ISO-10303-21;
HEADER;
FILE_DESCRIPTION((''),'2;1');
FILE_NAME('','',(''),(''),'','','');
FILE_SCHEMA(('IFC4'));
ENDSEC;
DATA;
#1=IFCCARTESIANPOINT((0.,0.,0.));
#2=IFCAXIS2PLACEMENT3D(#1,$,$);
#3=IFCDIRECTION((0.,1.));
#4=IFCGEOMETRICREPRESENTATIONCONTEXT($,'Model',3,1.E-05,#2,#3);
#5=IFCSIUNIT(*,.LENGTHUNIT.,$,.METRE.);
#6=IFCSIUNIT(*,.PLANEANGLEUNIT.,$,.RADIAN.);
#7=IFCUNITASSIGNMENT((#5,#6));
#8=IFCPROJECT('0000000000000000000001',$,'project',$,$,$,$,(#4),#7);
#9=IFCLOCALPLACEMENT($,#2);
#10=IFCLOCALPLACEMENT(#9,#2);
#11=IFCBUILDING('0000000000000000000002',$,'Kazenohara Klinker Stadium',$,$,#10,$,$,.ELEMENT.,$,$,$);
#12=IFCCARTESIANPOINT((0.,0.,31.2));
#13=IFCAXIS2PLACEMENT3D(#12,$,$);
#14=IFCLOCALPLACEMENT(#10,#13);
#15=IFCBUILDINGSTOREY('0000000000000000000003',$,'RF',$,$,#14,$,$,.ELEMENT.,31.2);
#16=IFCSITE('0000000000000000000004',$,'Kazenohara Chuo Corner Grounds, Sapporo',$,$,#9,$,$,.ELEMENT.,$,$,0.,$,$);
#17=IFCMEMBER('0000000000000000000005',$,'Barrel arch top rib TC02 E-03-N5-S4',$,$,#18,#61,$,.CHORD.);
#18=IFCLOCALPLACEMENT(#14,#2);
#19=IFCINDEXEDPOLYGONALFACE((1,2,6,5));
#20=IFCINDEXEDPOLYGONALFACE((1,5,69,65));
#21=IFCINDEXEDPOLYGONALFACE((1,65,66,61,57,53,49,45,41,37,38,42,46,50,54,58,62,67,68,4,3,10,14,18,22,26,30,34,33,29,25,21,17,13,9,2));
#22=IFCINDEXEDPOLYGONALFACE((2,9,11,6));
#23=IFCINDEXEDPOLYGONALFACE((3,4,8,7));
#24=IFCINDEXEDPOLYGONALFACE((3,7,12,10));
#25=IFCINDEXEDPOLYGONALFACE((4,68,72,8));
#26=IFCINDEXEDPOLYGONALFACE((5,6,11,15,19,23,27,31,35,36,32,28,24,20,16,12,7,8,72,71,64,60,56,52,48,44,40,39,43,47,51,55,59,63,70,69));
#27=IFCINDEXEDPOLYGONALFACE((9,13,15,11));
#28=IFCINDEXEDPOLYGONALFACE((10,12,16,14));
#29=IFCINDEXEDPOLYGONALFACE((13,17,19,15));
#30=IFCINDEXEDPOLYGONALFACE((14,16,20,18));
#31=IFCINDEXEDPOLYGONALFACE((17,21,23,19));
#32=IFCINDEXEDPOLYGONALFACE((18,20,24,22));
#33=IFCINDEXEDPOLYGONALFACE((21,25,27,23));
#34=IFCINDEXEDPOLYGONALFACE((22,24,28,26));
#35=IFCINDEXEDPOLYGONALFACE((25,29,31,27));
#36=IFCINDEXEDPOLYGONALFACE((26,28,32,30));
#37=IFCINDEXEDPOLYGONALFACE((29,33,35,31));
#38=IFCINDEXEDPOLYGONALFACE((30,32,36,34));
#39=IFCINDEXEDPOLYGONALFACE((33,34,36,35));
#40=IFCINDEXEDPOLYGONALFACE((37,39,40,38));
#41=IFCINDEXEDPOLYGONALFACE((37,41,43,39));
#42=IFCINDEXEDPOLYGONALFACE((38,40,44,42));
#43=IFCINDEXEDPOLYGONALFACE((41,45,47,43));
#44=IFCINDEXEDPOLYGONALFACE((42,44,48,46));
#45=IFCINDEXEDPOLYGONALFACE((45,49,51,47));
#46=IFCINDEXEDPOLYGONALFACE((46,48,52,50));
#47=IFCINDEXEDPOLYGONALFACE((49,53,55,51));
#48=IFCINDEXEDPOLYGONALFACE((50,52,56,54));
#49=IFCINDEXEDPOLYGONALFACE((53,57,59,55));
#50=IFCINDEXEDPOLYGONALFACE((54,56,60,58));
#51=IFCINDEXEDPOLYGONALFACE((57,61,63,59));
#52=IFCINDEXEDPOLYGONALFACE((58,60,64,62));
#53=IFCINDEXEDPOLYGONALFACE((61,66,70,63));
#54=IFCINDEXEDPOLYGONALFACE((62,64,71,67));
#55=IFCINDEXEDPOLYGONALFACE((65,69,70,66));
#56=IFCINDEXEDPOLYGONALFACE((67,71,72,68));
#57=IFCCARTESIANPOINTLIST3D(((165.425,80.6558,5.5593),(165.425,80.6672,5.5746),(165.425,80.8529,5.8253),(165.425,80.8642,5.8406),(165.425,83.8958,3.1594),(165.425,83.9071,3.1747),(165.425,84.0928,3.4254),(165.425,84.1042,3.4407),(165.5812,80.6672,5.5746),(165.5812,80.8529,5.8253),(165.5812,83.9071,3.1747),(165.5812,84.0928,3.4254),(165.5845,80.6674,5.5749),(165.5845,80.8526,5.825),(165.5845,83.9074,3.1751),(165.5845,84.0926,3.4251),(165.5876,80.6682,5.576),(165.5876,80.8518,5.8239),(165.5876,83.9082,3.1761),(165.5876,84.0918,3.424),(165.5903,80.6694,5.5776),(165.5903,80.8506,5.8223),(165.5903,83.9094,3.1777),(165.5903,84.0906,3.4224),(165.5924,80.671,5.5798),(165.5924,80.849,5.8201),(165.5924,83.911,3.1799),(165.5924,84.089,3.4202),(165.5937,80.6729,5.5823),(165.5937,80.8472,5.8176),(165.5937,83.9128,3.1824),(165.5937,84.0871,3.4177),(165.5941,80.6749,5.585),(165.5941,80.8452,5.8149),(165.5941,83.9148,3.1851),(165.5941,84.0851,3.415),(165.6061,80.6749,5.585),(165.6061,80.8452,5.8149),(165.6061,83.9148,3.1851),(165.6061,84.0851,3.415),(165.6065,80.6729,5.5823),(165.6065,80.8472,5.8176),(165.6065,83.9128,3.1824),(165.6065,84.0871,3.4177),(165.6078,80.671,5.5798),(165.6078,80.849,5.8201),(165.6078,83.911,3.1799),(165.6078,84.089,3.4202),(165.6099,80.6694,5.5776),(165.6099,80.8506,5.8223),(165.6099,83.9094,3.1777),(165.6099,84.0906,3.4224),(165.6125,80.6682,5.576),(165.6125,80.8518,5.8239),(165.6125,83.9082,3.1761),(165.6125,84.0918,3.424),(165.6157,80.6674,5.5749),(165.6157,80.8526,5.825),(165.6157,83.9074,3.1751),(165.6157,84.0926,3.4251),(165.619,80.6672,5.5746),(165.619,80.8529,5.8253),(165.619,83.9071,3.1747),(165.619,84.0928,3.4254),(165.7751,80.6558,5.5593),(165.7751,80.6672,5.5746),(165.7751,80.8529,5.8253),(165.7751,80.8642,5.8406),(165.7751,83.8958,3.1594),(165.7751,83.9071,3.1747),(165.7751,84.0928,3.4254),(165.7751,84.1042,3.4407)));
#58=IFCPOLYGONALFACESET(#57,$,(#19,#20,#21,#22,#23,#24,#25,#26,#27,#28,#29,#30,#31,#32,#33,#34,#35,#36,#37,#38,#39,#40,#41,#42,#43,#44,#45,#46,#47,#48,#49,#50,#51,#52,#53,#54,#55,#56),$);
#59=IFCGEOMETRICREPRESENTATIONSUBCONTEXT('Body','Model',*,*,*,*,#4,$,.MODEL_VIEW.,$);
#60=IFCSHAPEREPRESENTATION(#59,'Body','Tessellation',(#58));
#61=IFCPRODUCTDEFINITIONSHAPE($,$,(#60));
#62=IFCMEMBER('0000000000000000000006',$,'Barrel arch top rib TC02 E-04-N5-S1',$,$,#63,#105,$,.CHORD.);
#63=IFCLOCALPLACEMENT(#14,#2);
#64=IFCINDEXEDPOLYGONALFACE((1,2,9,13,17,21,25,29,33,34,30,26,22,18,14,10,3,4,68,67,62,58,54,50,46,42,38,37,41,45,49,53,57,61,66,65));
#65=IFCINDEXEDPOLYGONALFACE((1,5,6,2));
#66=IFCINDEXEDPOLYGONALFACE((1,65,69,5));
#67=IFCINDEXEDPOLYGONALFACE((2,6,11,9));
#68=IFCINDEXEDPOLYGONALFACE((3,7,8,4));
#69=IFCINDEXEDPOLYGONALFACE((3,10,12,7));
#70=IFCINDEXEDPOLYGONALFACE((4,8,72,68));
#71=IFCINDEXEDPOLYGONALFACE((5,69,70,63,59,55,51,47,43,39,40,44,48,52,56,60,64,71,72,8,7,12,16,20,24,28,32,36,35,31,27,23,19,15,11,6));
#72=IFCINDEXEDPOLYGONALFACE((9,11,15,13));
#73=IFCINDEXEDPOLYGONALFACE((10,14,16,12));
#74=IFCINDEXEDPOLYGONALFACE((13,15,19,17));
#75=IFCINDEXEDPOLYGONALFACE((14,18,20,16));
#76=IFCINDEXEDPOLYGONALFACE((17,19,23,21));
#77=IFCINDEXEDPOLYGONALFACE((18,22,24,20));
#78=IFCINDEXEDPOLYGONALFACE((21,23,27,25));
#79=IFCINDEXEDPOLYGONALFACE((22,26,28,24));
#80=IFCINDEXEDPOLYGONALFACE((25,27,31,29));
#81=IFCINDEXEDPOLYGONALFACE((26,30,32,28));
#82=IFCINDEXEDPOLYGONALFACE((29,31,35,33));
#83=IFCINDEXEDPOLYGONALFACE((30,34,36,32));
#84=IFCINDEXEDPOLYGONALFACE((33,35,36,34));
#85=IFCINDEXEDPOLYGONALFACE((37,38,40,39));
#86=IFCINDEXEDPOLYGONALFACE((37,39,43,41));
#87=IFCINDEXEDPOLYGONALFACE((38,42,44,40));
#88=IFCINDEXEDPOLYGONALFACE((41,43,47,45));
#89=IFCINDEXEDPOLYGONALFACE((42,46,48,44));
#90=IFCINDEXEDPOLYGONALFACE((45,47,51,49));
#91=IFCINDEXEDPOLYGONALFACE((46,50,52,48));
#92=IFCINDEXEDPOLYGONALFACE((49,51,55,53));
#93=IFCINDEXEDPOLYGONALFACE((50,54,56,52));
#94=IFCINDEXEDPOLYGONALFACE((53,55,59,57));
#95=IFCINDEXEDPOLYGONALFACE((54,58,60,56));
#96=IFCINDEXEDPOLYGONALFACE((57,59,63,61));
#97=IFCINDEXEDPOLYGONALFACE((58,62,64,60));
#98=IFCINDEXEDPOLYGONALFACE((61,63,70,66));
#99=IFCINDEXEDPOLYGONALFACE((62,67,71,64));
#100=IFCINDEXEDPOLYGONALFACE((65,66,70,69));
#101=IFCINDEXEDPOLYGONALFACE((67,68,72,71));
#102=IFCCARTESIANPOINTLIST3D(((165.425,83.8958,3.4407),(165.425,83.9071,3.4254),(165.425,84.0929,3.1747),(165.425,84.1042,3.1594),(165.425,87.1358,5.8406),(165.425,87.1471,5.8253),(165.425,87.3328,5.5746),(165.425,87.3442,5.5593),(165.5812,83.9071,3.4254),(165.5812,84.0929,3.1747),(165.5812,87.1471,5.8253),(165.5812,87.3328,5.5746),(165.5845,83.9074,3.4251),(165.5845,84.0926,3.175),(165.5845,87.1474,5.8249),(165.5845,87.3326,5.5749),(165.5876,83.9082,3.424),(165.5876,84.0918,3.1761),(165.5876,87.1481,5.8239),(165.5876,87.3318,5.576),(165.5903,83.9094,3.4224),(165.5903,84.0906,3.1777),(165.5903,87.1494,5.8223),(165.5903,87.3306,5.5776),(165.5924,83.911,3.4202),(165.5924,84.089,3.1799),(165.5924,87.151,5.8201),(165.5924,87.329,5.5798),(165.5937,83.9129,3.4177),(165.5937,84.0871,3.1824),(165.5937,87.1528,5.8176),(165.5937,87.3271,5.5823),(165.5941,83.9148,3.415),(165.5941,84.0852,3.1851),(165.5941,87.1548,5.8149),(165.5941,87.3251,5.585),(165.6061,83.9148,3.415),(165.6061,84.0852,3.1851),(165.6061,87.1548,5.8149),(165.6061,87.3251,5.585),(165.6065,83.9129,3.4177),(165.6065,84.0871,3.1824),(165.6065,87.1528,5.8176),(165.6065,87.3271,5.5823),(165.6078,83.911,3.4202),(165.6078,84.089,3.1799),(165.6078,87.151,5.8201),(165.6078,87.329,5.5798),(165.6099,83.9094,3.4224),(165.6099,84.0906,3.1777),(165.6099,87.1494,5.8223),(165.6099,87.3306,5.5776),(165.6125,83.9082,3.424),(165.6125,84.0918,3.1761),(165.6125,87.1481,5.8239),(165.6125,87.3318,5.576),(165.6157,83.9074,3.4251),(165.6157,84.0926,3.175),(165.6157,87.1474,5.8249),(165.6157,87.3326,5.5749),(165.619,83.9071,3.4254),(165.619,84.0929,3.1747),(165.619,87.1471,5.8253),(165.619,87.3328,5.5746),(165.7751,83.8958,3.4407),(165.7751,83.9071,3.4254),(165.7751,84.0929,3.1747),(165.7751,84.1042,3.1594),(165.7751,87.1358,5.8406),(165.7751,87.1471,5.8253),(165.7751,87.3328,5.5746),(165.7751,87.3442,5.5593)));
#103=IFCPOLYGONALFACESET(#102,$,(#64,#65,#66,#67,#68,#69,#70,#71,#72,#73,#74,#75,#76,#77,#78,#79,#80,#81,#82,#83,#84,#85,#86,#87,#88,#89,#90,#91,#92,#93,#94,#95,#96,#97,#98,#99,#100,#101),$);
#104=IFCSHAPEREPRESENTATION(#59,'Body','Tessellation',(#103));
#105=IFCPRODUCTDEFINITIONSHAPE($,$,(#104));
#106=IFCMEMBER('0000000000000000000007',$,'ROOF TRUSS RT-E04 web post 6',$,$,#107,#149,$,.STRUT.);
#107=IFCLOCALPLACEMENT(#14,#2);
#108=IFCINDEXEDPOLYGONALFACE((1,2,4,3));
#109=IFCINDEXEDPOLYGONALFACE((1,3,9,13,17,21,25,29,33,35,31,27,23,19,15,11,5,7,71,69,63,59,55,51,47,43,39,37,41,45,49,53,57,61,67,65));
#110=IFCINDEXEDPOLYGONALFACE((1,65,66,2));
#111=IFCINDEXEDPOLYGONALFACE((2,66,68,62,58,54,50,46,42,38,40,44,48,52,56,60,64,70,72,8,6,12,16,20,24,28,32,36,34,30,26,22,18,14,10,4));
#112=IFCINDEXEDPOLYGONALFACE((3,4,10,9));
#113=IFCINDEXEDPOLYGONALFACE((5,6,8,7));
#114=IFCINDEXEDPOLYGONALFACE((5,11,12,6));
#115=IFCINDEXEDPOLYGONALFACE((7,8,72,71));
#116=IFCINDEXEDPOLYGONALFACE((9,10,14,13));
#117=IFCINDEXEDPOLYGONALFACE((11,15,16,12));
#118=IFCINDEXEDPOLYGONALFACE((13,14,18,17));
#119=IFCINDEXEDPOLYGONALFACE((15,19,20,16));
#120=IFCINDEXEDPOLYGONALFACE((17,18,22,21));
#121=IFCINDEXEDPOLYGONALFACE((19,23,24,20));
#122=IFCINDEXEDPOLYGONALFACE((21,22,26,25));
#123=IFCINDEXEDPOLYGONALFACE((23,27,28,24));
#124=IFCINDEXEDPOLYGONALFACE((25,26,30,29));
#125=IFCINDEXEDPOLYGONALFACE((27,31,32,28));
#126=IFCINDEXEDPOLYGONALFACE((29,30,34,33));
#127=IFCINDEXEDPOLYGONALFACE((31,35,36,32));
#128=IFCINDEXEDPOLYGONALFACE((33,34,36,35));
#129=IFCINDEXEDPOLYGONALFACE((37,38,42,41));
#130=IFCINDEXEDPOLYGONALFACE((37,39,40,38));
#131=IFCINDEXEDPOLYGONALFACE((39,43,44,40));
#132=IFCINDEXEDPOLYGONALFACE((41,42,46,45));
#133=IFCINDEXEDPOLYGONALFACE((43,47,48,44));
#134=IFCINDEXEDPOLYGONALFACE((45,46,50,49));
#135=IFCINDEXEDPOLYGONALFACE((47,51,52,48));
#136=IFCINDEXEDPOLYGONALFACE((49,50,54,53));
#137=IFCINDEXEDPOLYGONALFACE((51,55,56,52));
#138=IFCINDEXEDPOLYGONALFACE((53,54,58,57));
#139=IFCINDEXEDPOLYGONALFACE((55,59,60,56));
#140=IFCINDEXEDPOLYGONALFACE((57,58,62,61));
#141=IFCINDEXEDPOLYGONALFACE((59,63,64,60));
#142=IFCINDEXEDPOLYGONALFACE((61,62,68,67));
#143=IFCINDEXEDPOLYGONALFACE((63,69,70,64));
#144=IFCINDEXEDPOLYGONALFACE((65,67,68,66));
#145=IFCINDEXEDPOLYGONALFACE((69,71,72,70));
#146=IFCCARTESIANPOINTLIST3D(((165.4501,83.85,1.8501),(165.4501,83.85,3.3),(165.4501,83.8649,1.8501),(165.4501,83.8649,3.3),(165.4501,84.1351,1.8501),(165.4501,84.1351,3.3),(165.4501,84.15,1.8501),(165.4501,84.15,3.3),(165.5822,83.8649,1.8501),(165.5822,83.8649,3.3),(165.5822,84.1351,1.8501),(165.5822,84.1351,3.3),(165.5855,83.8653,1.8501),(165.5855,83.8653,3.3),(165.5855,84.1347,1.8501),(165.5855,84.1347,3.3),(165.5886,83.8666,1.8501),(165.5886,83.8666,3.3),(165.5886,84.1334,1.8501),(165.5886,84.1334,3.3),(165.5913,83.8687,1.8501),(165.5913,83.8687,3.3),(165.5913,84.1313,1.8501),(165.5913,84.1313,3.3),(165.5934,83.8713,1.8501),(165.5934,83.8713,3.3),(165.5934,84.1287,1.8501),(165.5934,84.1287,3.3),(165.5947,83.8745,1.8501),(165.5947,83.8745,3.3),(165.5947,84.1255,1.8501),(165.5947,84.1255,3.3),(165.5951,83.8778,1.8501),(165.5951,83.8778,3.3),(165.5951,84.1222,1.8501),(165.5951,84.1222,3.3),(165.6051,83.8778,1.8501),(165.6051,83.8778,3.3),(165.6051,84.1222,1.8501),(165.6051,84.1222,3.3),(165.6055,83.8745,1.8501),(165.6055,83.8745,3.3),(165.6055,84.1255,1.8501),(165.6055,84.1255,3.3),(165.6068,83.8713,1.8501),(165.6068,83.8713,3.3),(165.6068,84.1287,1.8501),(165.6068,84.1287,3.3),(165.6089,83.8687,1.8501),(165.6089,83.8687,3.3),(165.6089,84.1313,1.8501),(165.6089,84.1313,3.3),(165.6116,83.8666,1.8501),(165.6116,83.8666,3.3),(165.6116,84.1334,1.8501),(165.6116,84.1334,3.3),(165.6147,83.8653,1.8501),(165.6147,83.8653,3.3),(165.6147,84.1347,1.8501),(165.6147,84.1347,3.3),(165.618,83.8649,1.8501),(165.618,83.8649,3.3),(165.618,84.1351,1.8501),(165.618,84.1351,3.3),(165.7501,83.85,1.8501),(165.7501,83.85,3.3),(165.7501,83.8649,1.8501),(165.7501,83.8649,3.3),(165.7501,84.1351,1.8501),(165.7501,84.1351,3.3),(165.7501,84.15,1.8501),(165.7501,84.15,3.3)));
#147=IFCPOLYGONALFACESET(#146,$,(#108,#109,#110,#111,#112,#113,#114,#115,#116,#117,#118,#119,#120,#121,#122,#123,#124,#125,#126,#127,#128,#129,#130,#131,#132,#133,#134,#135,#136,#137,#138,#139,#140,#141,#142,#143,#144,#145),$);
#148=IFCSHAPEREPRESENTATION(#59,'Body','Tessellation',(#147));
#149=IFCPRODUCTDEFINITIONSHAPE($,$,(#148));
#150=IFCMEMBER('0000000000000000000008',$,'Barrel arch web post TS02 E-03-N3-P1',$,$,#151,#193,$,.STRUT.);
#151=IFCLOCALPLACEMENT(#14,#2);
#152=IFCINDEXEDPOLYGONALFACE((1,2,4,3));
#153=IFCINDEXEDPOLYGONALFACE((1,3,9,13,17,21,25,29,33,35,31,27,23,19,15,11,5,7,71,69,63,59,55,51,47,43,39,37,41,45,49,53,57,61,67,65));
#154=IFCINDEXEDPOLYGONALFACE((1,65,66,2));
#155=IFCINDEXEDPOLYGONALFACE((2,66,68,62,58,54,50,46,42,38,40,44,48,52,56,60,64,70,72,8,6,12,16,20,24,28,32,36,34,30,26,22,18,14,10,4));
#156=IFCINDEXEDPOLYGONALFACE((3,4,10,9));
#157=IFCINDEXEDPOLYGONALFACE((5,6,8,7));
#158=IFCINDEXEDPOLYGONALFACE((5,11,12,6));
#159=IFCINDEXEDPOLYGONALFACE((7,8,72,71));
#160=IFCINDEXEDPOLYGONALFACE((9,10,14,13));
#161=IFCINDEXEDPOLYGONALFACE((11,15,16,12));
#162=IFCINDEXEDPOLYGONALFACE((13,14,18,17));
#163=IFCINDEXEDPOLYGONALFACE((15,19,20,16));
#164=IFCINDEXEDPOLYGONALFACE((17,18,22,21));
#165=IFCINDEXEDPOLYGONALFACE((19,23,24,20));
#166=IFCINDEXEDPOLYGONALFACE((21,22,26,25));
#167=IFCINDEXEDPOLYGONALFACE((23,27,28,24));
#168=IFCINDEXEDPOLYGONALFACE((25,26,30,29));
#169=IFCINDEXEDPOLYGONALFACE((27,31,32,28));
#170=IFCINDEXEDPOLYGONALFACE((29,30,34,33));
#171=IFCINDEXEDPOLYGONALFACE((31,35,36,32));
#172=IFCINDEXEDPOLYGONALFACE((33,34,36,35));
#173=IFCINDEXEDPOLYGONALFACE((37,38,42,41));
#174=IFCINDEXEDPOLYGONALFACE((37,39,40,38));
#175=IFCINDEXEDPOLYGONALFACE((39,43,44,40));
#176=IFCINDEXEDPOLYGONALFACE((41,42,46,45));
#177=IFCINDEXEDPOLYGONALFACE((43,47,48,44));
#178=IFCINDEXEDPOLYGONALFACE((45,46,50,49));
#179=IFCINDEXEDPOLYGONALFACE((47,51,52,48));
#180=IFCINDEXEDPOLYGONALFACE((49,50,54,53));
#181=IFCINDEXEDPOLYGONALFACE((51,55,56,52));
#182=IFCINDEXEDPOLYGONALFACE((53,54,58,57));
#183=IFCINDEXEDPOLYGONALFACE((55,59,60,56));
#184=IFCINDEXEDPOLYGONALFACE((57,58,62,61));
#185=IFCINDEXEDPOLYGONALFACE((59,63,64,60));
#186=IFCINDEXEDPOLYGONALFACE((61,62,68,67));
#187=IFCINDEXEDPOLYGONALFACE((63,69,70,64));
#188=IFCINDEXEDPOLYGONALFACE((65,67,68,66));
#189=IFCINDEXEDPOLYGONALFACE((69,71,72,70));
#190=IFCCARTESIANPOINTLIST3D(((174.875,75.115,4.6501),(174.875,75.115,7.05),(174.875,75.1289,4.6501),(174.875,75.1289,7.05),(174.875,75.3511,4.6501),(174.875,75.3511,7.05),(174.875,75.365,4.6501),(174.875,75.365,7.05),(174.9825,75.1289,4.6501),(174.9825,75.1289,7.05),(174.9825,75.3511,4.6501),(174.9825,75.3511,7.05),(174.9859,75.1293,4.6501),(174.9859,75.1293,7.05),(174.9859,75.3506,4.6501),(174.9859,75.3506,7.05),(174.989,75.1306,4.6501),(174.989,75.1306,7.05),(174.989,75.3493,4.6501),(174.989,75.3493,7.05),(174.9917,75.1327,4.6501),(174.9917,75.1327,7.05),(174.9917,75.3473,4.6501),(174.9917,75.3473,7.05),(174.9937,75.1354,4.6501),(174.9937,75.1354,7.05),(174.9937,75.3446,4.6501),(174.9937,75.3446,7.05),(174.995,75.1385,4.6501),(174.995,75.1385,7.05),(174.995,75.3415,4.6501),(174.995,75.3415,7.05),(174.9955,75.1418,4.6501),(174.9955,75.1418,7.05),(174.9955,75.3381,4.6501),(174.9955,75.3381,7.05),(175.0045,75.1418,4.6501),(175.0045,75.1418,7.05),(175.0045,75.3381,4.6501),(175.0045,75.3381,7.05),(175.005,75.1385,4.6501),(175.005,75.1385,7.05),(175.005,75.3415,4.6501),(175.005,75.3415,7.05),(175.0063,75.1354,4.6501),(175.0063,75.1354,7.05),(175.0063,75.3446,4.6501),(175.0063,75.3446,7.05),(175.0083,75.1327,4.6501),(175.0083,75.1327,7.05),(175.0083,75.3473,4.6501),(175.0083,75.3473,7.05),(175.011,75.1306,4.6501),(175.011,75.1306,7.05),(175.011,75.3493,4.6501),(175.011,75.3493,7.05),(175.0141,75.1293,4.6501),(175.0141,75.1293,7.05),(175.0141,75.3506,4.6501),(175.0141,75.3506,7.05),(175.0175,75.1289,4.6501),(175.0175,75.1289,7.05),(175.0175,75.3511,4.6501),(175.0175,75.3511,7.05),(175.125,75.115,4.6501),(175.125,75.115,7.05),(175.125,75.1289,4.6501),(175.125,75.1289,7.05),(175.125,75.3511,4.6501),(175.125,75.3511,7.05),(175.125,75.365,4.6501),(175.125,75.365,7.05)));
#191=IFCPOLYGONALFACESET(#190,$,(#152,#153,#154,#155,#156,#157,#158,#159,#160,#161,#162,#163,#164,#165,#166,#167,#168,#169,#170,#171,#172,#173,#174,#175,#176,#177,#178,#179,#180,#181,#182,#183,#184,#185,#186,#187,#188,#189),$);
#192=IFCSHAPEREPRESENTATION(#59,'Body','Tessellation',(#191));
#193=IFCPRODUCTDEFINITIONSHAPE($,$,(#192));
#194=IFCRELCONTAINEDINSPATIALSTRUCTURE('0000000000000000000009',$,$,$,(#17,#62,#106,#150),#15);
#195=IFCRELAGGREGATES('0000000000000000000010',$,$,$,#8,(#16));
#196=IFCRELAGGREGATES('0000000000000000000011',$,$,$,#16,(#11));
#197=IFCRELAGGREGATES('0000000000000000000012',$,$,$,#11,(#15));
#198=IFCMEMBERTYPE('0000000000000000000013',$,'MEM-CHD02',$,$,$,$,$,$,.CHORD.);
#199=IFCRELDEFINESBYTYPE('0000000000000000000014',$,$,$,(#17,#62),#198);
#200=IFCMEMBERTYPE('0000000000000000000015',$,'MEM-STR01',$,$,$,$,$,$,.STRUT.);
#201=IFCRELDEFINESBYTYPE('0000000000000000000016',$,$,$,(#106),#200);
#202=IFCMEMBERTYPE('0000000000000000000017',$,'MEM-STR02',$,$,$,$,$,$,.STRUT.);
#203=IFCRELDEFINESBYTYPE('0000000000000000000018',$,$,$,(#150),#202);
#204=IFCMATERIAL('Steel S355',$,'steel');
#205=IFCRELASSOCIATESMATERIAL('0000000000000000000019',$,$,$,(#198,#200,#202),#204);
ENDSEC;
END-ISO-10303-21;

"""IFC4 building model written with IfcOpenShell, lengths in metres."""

from ifc_helpers import new_model, si_unit, direction, frame, origin, origin_2d, place, context, subcontext, project, spatial, i_section, extrude, material, material_profile, profile_set, type_object, element, save


model = new_model("IFC4")

# Units and contexts
model_context = context("Model", 3, precision=1e-05, world=origin(), true_north=direction((0.0, 1.0)))
body_context = subcontext(model_context, "Body", "Model", "MODEL_VIEW")
ifc_project = project(units=[si_unit("LENGTHUNIT", "METRE"), si_unit("PLANEANGLEUNIT", "RADIAN")], contexts=[model_context])

# Site, building, storey
site_placement = place(None, origin())
site = spatial("IfcSite", under=ifc_project, at=site_placement, Name="Kazenohara Chuo Corner Grounds, Sapporo", CompositionType="ELEMENT", RefElevation=0.0)
building_placement = place(site_placement, origin())
building = spatial("IfcBuilding", under=site, at=building_placement, Name="Kazenohara Klinker Stadium", CompositionType="ELEMENT")
storey_placement = place(building_placement, frame((0.0, 0.0, 31.2)))
storey = spatial("IfcBuildingStorey", under=building, at=storey_placement, Name="RF", CompositionType="ELEMENT", Elevation=31.2)

# Members
ifc_material_1 = material(Name="Steel S355", Category="steel")
ifc_material_profile_1 = material_profile(ifc_material_1, i_section(OverallWidth=0.3501, OverallDepth=0.3501, WebThickness=0.012, FlangeThickness=0.019, FilletRadius=0.0129, at=origin_2d()), Name="H-350x350x12x19")
ifc_profile_set_1 = profile_set([ifc_material_profile_1], Name="Steel S355")
member_type_1 = type_object("IfcMemberType", Name="MEM-CHD02", PredefinedType="CHORD", material=ifc_profile_set_1)
for number, where, z_axis, x_axis, name in (
    (1, (165.6001, 80.76, 5.7), (0.0, 0.803568, -0.595213), (-1.0, 0.0, 0.0), "Barrel arch top rib TC02 E-03-N5-S4"),
    (2, (165.6001, 84.0, 3.3), (0.0, 0.803568, 0.595213), (-1.0, 0.0, 0.0), "Barrel arch top rib TC02 E-04-N5-S1"),
):
    element("IfcMember", number, at=place(storey_placement, frame(where, z_axis=z_axis, x_axis=x_axis)), inside=storey, type_object=member_type_1, Name=name, PredefinedType="CHORD", context=body_context, shape_type="SweptSolid", body=[
        extrude(i_section(OverallWidth=0.3501, OverallDepth=0.3501, WebThickness=0.012, FlangeThickness=0.019, FilletRadius=0.0129, at=origin_2d()), origin(), (0.0, 0.0, 1.0), 4.032),
    ])
ifc_material_profile_2 = material_profile(ifc_material_1, i_section(OverallWidth=0.3, OverallDepth=0.3, WebThickness=0.01, FlangeThickness=0.0149, FilletRadius=0.0129, at=origin_2d()), Name="H-300x300x10x15")
ifc_profile_set_2 = profile_set([ifc_material_profile_2], Name="Steel S355")
member_type_2 = type_object("IfcMemberType", Name="MEM-STR01", PredefinedType="STRUT", material=ifc_profile_set_2)
member_1_placement = place(storey_placement, frame((165.6001, 84.0, 1.8501), z_axis=(0.0, 0.0, 1.0), x_axis=(1.0, 0.0, 0.0)))
element("IfcMember", 3, at=member_1_placement, inside=storey, type_object=member_type_2, Name="ROOF TRUSS RT-E04 web post 6", PredefinedType="STRUT", context=body_context, shape_type="SweptSolid", body=[
    extrude(i_section(OverallWidth=0.3, OverallDepth=0.3, WebThickness=0.01, FlangeThickness=0.0149, FilletRadius=0.0129, at=origin_2d()), origin(), (0.0, 0.0, 1.0), 1.45),
])
ifc_material_profile_3 = material_profile(ifc_material_1, i_section(OverallWidth=0.25, OverallDepth=0.25, WebThickness=0.009, FlangeThickness=0.0139, FilletRadius=0.0129, at=origin_2d()), Name="H-250x250x9x14")
ifc_profile_set_3 = profile_set([ifc_material_profile_3], Name="Steel S355")
member_type_3 = type_object("IfcMemberType", Name="MEM-STR02", PredefinedType="STRUT", material=ifc_profile_set_3)
member_2_placement = place(storey_placement, frame((175.0, 75.24, 4.6501), z_axis=(0.0, 0.0, 1.0), x_axis=(1.0, 0.0, 0.0)))
element("IfcMember", 4, at=member_2_placement, inside=storey, type_object=member_type_3, Name="Barrel arch web post TS02 E-03-N3-P1", PredefinedType="STRUT", context=body_context, shape_type="SweptSolid", body=[
    extrude(i_section(OverallWidth=0.25, OverallDepth=0.25, WebThickness=0.009, FlangeThickness=0.0139, FilletRadius=0.0129, at=origin_2d()), origin(), (0.0, 0.0, 1.0), 2.3999),
])

save(model, "model.ifc")
